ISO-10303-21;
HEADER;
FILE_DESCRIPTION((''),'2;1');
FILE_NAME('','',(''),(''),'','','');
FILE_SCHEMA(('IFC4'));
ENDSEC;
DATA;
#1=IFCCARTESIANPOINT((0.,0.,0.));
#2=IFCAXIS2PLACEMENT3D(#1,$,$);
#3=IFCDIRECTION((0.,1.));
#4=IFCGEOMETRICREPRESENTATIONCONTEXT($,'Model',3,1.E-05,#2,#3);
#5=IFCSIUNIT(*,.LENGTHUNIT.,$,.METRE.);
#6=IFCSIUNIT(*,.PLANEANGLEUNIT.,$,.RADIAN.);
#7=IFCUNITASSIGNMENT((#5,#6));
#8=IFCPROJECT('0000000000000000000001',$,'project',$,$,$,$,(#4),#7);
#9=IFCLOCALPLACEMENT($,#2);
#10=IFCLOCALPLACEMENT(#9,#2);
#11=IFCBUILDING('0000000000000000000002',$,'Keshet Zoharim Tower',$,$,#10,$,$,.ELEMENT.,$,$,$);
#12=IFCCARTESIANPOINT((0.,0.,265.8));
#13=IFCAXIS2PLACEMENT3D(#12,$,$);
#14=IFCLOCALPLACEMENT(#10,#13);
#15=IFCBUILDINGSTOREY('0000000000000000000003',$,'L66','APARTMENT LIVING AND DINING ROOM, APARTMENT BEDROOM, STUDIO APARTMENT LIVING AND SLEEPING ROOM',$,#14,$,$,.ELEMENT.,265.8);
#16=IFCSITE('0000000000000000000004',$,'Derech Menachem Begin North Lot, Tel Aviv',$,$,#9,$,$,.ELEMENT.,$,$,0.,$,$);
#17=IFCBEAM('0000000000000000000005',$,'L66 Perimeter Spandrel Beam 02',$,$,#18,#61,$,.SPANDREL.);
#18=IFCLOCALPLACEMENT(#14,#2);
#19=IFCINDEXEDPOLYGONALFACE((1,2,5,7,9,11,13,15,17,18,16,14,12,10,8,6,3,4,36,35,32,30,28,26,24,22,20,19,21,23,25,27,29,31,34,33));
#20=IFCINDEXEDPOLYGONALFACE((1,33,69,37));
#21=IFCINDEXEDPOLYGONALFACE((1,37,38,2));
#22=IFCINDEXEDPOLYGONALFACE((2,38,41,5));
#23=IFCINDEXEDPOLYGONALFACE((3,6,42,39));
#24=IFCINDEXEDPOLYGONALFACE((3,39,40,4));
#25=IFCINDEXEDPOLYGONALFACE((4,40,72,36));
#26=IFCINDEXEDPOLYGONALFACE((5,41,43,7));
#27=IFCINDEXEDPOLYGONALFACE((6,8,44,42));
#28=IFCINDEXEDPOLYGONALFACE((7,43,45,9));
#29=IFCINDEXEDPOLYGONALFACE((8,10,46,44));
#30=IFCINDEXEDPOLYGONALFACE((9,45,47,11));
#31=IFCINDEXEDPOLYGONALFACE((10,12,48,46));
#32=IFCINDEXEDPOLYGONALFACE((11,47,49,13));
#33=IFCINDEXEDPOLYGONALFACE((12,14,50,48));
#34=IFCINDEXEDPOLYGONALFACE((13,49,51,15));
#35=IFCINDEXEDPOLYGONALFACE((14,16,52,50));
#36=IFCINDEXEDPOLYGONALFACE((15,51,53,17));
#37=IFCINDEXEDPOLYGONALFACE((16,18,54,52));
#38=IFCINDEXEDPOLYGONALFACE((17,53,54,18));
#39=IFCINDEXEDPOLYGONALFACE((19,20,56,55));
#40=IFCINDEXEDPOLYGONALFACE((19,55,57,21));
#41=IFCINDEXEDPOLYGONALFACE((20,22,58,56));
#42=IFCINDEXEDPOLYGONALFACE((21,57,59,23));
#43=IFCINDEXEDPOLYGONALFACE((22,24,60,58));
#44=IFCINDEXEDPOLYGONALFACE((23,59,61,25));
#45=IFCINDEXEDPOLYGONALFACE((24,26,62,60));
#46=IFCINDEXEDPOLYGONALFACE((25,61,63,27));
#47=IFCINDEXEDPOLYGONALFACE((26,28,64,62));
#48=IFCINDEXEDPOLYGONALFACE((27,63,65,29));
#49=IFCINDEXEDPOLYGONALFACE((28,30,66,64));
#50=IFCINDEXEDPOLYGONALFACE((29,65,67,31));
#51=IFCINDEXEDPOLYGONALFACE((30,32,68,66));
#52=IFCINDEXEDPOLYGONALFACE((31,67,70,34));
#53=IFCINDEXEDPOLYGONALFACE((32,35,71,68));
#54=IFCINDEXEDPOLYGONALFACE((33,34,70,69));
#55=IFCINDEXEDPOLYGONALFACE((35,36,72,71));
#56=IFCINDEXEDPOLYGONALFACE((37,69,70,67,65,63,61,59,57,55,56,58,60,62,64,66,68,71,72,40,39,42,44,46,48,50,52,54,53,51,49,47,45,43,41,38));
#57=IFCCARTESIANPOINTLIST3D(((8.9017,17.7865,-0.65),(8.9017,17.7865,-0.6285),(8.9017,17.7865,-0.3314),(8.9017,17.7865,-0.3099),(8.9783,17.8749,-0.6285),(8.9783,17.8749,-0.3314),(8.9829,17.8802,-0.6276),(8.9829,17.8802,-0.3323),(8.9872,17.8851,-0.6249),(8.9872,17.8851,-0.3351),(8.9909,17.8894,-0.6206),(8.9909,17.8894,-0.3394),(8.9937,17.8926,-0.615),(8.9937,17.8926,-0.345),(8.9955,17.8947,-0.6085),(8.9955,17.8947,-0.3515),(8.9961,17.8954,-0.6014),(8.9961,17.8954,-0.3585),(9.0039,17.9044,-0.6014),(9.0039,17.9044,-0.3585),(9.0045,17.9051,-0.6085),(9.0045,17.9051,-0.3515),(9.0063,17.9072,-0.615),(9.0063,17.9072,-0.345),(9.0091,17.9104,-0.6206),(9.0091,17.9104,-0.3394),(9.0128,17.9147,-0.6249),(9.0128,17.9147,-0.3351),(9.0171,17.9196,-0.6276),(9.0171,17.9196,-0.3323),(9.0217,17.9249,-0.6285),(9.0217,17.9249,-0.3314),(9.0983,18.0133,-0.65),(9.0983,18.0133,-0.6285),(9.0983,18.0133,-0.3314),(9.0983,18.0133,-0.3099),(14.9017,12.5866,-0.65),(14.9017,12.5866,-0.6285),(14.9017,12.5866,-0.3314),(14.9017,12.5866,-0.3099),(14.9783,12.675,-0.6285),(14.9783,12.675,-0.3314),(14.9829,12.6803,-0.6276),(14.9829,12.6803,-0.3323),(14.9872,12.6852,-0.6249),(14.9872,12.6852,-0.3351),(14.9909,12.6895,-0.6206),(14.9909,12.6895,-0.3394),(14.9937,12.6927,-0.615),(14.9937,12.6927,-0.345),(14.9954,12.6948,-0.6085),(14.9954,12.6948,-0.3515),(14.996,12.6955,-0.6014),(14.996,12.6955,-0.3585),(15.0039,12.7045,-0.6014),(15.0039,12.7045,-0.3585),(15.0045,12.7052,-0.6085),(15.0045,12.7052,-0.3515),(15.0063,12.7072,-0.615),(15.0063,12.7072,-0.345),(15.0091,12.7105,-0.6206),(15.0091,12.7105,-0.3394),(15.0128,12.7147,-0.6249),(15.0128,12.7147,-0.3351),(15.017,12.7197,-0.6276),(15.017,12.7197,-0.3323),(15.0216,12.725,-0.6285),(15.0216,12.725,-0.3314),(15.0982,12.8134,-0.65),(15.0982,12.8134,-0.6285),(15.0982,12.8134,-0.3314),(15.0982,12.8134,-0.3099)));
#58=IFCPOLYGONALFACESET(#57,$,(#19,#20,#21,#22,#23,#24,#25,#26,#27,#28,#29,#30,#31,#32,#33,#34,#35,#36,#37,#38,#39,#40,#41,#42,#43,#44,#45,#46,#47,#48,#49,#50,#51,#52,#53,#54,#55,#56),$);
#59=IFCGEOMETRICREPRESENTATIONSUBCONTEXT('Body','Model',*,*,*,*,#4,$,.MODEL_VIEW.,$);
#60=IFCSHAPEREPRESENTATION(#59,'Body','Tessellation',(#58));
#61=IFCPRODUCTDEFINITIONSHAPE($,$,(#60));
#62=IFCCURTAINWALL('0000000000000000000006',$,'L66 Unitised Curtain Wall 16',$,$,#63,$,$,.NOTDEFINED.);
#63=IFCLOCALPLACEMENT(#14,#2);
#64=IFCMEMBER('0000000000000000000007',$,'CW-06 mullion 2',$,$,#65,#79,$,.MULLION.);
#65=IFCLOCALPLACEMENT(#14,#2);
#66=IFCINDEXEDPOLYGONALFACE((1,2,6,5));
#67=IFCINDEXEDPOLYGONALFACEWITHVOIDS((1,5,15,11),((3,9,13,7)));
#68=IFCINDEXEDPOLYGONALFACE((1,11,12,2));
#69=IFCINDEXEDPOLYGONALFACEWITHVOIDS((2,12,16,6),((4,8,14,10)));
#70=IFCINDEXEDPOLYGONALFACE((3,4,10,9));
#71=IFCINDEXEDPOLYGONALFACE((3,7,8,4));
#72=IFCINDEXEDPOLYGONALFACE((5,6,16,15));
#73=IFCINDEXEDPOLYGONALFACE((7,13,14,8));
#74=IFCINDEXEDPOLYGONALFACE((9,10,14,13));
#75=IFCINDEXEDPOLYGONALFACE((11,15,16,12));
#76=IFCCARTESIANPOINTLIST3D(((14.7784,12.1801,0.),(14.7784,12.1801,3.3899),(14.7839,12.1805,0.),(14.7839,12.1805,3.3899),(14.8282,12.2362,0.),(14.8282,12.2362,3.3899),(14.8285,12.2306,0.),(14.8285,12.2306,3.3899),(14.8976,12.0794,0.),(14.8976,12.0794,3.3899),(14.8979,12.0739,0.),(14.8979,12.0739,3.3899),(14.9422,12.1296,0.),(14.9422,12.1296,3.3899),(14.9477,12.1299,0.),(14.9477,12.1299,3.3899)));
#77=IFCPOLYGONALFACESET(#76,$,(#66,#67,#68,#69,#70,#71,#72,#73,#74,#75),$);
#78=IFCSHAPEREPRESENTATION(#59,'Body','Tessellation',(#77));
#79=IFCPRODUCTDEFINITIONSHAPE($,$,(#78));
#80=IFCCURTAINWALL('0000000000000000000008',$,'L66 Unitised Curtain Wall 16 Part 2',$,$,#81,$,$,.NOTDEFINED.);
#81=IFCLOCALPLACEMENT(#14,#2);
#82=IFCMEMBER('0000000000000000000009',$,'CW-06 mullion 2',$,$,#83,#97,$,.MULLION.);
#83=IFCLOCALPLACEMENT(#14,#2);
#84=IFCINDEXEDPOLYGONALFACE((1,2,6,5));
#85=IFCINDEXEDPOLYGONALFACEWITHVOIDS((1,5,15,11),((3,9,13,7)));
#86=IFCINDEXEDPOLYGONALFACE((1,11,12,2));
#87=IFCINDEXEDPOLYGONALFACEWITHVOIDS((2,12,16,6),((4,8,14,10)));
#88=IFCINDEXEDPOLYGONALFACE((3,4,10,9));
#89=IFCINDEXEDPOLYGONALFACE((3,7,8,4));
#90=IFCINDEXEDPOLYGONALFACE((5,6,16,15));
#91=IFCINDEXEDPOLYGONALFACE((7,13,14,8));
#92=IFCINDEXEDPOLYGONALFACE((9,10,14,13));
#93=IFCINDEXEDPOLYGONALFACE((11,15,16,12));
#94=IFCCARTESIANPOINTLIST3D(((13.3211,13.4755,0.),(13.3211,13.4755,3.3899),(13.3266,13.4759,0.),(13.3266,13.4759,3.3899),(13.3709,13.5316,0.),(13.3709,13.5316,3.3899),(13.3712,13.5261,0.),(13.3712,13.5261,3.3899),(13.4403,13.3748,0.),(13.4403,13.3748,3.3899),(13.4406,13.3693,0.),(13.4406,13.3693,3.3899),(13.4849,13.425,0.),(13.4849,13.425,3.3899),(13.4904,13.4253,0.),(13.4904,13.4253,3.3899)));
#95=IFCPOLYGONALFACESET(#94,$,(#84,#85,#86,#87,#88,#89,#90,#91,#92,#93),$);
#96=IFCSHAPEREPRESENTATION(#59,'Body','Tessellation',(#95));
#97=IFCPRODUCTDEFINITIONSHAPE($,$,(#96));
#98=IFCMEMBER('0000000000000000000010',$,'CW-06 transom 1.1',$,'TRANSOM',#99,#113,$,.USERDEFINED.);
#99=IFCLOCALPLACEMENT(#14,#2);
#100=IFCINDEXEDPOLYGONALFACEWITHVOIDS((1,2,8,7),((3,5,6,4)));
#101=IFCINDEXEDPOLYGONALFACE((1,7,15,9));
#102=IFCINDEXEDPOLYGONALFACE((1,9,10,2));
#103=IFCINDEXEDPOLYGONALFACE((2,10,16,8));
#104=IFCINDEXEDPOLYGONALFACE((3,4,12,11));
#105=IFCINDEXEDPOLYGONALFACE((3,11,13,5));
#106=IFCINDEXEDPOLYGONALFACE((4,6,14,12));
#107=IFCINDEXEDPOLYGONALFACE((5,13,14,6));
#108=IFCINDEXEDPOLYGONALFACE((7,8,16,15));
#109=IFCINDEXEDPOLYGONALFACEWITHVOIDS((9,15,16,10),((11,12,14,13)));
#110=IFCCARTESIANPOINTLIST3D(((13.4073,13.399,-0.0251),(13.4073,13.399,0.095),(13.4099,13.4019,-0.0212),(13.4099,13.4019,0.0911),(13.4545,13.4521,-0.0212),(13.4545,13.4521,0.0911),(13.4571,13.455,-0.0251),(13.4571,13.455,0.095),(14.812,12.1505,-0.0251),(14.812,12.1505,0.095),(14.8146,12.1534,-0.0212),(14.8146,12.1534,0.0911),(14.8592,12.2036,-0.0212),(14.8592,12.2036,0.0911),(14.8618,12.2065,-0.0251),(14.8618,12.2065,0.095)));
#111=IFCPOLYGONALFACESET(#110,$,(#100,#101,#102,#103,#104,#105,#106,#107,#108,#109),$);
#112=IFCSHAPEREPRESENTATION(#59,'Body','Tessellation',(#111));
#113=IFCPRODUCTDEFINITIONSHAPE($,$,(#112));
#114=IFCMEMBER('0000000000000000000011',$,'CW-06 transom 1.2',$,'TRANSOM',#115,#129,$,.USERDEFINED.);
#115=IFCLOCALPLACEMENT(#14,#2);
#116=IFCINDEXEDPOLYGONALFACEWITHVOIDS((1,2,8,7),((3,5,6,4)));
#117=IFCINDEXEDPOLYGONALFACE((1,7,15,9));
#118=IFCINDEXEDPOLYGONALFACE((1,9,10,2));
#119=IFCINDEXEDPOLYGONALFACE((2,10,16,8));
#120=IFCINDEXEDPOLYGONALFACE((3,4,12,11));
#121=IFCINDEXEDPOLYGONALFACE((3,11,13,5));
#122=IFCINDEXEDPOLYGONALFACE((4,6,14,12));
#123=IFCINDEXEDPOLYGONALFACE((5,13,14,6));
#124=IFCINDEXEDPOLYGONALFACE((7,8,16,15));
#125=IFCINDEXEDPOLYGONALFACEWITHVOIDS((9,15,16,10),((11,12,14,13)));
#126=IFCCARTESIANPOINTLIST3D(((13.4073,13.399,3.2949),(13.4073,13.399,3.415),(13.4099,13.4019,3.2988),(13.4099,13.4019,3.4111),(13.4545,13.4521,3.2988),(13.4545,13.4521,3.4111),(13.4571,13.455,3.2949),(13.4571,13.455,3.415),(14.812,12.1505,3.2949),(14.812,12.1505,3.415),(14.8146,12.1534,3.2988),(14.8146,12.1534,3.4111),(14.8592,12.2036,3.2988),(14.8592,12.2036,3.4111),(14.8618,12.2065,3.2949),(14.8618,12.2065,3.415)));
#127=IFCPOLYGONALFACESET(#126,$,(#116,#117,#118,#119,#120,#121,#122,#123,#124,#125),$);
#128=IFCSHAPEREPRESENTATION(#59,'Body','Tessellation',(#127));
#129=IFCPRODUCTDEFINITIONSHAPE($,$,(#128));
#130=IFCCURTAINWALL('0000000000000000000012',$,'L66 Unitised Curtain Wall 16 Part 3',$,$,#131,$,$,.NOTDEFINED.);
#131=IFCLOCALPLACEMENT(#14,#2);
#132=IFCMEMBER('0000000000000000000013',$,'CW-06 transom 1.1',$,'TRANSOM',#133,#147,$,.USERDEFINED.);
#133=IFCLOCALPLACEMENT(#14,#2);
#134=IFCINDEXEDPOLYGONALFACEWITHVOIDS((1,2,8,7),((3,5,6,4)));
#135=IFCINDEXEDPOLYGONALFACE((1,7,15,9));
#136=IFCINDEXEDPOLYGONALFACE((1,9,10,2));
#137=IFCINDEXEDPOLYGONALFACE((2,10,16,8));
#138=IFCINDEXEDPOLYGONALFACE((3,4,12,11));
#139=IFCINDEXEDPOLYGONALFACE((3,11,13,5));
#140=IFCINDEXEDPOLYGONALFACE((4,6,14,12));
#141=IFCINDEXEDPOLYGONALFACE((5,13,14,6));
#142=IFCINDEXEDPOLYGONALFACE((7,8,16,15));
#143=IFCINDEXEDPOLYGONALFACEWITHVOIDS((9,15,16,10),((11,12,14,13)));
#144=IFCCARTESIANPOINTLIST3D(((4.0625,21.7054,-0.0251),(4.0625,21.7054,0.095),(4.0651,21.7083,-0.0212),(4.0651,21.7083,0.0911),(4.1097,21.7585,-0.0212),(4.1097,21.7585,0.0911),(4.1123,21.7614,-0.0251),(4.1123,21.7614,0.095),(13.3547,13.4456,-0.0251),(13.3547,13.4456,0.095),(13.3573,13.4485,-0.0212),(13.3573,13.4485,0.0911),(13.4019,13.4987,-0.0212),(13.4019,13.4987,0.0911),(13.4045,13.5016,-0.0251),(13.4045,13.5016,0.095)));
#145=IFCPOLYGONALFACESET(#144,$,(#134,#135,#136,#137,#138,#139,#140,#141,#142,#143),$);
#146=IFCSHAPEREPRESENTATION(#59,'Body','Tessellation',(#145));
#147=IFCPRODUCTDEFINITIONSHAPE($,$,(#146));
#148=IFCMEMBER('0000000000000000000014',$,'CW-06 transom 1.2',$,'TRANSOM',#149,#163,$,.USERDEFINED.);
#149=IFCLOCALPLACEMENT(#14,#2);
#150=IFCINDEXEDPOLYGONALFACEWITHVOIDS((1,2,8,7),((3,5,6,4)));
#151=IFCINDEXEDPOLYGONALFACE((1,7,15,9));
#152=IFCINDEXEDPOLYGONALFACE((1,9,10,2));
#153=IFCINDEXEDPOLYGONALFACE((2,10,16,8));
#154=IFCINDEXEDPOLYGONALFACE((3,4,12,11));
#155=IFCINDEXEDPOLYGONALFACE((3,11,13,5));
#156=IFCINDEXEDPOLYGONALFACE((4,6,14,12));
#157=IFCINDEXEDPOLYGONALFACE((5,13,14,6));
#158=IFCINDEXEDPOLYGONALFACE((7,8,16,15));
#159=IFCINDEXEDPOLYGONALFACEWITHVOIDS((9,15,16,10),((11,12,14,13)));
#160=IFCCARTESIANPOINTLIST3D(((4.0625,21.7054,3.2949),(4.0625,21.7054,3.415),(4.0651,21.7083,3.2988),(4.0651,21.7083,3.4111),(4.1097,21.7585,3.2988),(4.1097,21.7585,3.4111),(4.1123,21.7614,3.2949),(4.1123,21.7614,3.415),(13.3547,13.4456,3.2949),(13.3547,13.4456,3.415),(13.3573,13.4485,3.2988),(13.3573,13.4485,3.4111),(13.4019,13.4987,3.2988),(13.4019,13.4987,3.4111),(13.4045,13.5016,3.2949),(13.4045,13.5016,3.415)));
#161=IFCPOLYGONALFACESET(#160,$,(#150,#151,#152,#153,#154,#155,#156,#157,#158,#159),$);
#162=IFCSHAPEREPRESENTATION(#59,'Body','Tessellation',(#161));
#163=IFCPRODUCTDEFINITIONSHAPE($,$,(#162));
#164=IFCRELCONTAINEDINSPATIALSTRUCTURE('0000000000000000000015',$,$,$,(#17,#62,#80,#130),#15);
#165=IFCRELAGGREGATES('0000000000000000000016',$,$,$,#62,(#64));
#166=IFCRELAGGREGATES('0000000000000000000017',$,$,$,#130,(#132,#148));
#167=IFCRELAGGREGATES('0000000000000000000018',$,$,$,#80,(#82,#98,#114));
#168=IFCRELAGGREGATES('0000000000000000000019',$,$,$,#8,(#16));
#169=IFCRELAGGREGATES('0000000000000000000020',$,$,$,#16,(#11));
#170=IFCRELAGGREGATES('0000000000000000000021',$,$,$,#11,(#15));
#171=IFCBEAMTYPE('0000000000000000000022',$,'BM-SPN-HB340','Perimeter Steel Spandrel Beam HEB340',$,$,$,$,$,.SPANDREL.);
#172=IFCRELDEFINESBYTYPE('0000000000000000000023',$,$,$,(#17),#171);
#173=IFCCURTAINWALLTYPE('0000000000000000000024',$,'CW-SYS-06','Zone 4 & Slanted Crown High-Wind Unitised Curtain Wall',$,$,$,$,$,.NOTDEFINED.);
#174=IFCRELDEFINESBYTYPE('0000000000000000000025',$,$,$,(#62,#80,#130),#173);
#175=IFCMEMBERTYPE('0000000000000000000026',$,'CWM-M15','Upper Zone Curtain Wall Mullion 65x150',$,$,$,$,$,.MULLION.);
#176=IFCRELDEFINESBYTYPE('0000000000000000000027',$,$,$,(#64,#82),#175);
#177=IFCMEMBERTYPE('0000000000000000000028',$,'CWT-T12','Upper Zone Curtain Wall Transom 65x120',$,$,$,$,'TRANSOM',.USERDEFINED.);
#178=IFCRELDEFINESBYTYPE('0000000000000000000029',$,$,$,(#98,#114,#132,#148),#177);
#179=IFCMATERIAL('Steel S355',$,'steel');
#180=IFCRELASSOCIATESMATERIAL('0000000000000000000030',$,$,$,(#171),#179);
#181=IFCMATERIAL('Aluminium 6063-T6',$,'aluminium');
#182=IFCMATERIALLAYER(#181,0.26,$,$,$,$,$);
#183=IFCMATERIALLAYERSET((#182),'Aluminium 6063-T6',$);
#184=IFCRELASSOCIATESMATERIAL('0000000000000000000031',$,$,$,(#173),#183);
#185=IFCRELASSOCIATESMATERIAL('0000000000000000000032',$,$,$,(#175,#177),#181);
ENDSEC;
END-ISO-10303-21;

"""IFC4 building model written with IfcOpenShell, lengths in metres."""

from ifc_helpers import new_model, si_unit, direction, frame, origin, origin_2d, place, context, subcontext, project, spatial, hollow_rectangle, i_section, extrude, material, layer, layer_set, material_profile, profile_set, type_object, element, aggregate, save


model = new_model("IFC4")

# Units and contexts
model_context = context("Model", 3, precision=1e-05, world=origin(), true_north=direction((0.0, 1.0)))
body_context = subcontext(model_context, "Body", "Model", "MODEL_VIEW")
ifc_project = project(units=[si_unit("LENGTHUNIT", "METRE"), si_unit("PLANEANGLEUNIT", "RADIAN")], contexts=[model_context])

# Site, building, storey
site_placement = place(None, origin())
site = spatial("IfcSite", under=ifc_project, at=site_placement, Name="Derech Menachem Begin North Lot, Tel Aviv", CompositionType="ELEMENT", RefElevation=0.0)
building_placement = place(site_placement, origin())
building = spatial("IfcBuilding", under=site, at=building_placement, Name="Keshet Zoharim Tower", CompositionType="ELEMENT")
storey_placement = place(building_placement, frame((0.0, 0.0, 265.8)))
storey = spatial("IfcBuildingStorey", under=building, at=storey_placement, Name="L66", Description="APARTMENT LIVING AND DINING ROOM, APARTMENT BEDROOM, STUDIO APARTMENT LIVING AND SLEEPING ROOM", CompositionType="ELEMENT", Elevation=265.8)

# Shared definitions
ifc_material_1 = material(Name="Steel S355", Category="steel")

# Beam
ifc_material_profile_1 = material_profile(ifc_material_1, i_section(OverallWidth=0.3, OverallDepth=0.3401, WebThickness=0.012, FlangeThickness=0.0215, FilletRadius=0.0271, at=origin_2d()), Name="HEB340")
ifc_profile_set_1 = profile_set([ifc_material_profile_1], Name="Steel S355")
beam_type_1 = type_object("IfcBeamType", Name="BM-SPN-HB340", Description="Perimeter Steel Spandrel Beam HEB340", PredefinedType="SPANDREL", material=ifc_profile_set_1)
beam_1_placement = place(storey_placement, frame((9.0, 17.8999, -0.48), z_axis=(0.755692, -0.654927, 0.0), x_axis=(0.654927, 0.755692, 0.0)))
element("IfcBeam", 1, at=beam_1_placement, inside=storey, type_object=beam_type_1, Name="L66 Perimeter Spandrel Beam 02", PredefinedType="SPANDREL", context=body_context, shape_type="SweptSolid", body=[
    extrude(i_section(OverallWidth=0.3, OverallDepth=0.3401, WebThickness=0.012, FlangeThickness=0.0215, FilletRadius=0.0271, at=origin_2d()), origin(), (0.0, 0.0, 1.0), 7.9397),
])

# Curtain wall, member
ifc_material_2 = material(Name="Aluminium 6063-T6", Category="aluminium")
ifc_layer_1 = layer(ifc_material_2, 0.26)
ifc_layer_set_1 = layer_set([ifc_layer_1], Name="Aluminium 6063-T6")
curtain_wall_type = type_object("IfcCurtainWallType", Name="CW-SYS-06", Description="Zone 4 & Slanted Crown High-Wind Unitised Curtain Wall", PredefinedType="NOTDEFINED", material=ifc_layer_set_1)
curtain_wall_1_placement = place(storey_placement, origin())
curtain_wall_1 = element("IfcCurtainWall", 2, at=curtain_wall_1_placement, inside=storey, type_object=curtain_wall_type, Name="L66 Unitised Curtain Wall 16", PredefinedType="NOTDEFINED")
ifc_material_profile_2 = material_profile(ifc_material_2, hollow_rectangle(XDim=0.075, YDim=0.1599, WallThickness=0.0039, at=origin_2d()), Name="MUL-75x160")
ifc_profile_set_2 = profile_set([ifc_material_profile_2], Name="Aluminium 6063-T6")
member_type_1 = type_object("IfcMemberType", Name="CWM-M15", Description="Upper Zone Curtain Wall Mullion 65x150", PredefinedType="MULLION", material=ifc_profile_set_2)
member_1_placement = place(storey_placement, frame((14.863, 12.155, 0.0), z_axis=(0.0, 0.0, 1.0), x_axis=(-0.664362, -0.747411, 0.0)))
member_1 = element("IfcMember", 3, at=member_1_placement, type_object=member_type_1, Name="CW-06 mullion 2", PredefinedType="MULLION", context=body_context, shape_type="SweptSolid", body=[
    extrude(hollow_rectangle(XDim=0.075, YDim=0.1599, WallThickness=0.0039, at=origin_2d()), origin(), (0.0, 0.0, 1.0), 3.3899),
])
aggregate(curtain_wall_1, [member_1])

# Curtain walls, members
curtain_wall_2_placement = place(storey_placement, origin())
curtain_wall_2 = element("IfcCurtainWall", 4, at=curtain_wall_2_placement, inside=storey, type_object=curtain_wall_type, Name="L66 Unitised Curtain Wall 16 Part 2", PredefinedType="NOTDEFINED")
member_2_placement = place(storey_placement, frame((13.4058, 13.4504, 0.0), z_axis=(0.0, 0.0, 1.0), x_axis=(-0.664338, -0.747432, 0.0)))
member_2 = element("IfcMember", 5, at=member_2_placement, type_object=member_type_1, Name="CW-06 mullion 2", PredefinedType="MULLION", context=body_context, shape_type="SweptSolid", body=[
    extrude(hollow_rectangle(XDim=0.075, YDim=0.1599, WallThickness=0.0039, at=origin_2d()), origin(), (0.0, 0.0, 1.0), 3.3899),
])
ifc_material_profile_3 = material_profile(ifc_material_2, hollow_rectangle(XDim=0.075, YDim=0.1201, WallThickness=0.0039, at=origin_2d()), Name="TRN-75x120")
ifc_profile_set_3 = profile_set([ifc_material_profile_3], Name="Aluminium 6063-T6")
member_type_2 = type_object("IfcMemberType", Name="CWT-T12", Description="Upper Zone Curtain Wall Transom 65x120", ElementType="TRANSOM", PredefinedType="USERDEFINED", material=ifc_profile_set_3)
member_3_placement = place(storey_placement, frame((14.8369, 12.1785, 0.0349), z_axis=(-0.747452, 0.664315, 0.0), x_axis=(-0.664315, -0.747452, 0.0)))
member_3 = element("IfcMember", 6, at=member_3_placement, type_object=member_type_2, Name="CW-06 transom 1.1", ObjectType="TRANSOM", PredefinedType="USERDEFINED", context=body_context, shape_type="SweptSolid", body=[
    extrude(hollow_rectangle(XDim=0.075, YDim=0.1201, WallThickness=0.0039, at=origin_2d()), origin(), (0.0, 0.0, 1.0), 1.8794),
])
member_4_placement = place(storey_placement, frame((14.8369, 12.1785, 3.355), z_axis=(-0.747452, 0.664315, 0.0), x_axis=(-0.664315, -0.747452, 0.0)))
member_4 = element("IfcMember", 7, at=member_4_placement, type_object=member_type_2, Name="CW-06 transom 1.2", ObjectType="TRANSOM", PredefinedType="USERDEFINED", context=body_context, shape_type="SweptSolid", body=[
    extrude(hollow_rectangle(XDim=0.075, YDim=0.1201, WallThickness=0.0039, at=origin_2d()), origin(), (0.0, 0.0, 1.0), 1.8794),
])
curtain_wall_3_placement = place(storey_placement, origin())
curtain_wall_3 = element("IfcCurtainWall", 8, at=curtain_wall_3_placement, inside=storey, type_object=curtain_wall_type, Name="L66 Unitised Curtain Wall 16 Part 3", PredefinedType="NOTDEFINED")
member_5_placement = place(storey_placement, frame((13.3796, 13.4736, 0.0349), z_axis=(-0.747409, 0.664364, 0.0), x_axis=(-0.664364, -0.747409, 0.0)))
member_5 = element("IfcMember", 9, at=member_5_placement, type_object=member_type_2, Name="CW-06 transom 1.1", ObjectType="TRANSOM", PredefinedType="USERDEFINED", context=body_context, shape_type="SweptSolid", body=[
    extrude(hollow_rectangle(XDim=0.075, YDim=0.1201, WallThickness=0.0039, at=origin_2d()), origin(), (0.0, 0.0, 1.0), 12.4326),
])
member_6_placement = place(storey_placement, frame((13.3796, 13.4736, 3.355), z_axis=(-0.747409, 0.664364, 0.0), x_axis=(-0.664364, -0.747409, 0.0)))
member_6 = element("IfcMember", 10, at=member_6_placement, type_object=member_type_2, Name="CW-06 transom 1.2", ObjectType="TRANSOM", PredefinedType="USERDEFINED", context=body_context, shape_type="SweptSolid", body=[
    extrude(hollow_rectangle(XDim=0.075, YDim=0.1201, WallThickness=0.0039, at=origin_2d()), origin(), (0.0, 0.0, 1.0), 12.4326),
])

aggregate(curtain_wall_3, [member_5, member_6])
aggregate(curtain_wall_2, [member_2, member_3, member_4])

save(model, "model.ifc")
